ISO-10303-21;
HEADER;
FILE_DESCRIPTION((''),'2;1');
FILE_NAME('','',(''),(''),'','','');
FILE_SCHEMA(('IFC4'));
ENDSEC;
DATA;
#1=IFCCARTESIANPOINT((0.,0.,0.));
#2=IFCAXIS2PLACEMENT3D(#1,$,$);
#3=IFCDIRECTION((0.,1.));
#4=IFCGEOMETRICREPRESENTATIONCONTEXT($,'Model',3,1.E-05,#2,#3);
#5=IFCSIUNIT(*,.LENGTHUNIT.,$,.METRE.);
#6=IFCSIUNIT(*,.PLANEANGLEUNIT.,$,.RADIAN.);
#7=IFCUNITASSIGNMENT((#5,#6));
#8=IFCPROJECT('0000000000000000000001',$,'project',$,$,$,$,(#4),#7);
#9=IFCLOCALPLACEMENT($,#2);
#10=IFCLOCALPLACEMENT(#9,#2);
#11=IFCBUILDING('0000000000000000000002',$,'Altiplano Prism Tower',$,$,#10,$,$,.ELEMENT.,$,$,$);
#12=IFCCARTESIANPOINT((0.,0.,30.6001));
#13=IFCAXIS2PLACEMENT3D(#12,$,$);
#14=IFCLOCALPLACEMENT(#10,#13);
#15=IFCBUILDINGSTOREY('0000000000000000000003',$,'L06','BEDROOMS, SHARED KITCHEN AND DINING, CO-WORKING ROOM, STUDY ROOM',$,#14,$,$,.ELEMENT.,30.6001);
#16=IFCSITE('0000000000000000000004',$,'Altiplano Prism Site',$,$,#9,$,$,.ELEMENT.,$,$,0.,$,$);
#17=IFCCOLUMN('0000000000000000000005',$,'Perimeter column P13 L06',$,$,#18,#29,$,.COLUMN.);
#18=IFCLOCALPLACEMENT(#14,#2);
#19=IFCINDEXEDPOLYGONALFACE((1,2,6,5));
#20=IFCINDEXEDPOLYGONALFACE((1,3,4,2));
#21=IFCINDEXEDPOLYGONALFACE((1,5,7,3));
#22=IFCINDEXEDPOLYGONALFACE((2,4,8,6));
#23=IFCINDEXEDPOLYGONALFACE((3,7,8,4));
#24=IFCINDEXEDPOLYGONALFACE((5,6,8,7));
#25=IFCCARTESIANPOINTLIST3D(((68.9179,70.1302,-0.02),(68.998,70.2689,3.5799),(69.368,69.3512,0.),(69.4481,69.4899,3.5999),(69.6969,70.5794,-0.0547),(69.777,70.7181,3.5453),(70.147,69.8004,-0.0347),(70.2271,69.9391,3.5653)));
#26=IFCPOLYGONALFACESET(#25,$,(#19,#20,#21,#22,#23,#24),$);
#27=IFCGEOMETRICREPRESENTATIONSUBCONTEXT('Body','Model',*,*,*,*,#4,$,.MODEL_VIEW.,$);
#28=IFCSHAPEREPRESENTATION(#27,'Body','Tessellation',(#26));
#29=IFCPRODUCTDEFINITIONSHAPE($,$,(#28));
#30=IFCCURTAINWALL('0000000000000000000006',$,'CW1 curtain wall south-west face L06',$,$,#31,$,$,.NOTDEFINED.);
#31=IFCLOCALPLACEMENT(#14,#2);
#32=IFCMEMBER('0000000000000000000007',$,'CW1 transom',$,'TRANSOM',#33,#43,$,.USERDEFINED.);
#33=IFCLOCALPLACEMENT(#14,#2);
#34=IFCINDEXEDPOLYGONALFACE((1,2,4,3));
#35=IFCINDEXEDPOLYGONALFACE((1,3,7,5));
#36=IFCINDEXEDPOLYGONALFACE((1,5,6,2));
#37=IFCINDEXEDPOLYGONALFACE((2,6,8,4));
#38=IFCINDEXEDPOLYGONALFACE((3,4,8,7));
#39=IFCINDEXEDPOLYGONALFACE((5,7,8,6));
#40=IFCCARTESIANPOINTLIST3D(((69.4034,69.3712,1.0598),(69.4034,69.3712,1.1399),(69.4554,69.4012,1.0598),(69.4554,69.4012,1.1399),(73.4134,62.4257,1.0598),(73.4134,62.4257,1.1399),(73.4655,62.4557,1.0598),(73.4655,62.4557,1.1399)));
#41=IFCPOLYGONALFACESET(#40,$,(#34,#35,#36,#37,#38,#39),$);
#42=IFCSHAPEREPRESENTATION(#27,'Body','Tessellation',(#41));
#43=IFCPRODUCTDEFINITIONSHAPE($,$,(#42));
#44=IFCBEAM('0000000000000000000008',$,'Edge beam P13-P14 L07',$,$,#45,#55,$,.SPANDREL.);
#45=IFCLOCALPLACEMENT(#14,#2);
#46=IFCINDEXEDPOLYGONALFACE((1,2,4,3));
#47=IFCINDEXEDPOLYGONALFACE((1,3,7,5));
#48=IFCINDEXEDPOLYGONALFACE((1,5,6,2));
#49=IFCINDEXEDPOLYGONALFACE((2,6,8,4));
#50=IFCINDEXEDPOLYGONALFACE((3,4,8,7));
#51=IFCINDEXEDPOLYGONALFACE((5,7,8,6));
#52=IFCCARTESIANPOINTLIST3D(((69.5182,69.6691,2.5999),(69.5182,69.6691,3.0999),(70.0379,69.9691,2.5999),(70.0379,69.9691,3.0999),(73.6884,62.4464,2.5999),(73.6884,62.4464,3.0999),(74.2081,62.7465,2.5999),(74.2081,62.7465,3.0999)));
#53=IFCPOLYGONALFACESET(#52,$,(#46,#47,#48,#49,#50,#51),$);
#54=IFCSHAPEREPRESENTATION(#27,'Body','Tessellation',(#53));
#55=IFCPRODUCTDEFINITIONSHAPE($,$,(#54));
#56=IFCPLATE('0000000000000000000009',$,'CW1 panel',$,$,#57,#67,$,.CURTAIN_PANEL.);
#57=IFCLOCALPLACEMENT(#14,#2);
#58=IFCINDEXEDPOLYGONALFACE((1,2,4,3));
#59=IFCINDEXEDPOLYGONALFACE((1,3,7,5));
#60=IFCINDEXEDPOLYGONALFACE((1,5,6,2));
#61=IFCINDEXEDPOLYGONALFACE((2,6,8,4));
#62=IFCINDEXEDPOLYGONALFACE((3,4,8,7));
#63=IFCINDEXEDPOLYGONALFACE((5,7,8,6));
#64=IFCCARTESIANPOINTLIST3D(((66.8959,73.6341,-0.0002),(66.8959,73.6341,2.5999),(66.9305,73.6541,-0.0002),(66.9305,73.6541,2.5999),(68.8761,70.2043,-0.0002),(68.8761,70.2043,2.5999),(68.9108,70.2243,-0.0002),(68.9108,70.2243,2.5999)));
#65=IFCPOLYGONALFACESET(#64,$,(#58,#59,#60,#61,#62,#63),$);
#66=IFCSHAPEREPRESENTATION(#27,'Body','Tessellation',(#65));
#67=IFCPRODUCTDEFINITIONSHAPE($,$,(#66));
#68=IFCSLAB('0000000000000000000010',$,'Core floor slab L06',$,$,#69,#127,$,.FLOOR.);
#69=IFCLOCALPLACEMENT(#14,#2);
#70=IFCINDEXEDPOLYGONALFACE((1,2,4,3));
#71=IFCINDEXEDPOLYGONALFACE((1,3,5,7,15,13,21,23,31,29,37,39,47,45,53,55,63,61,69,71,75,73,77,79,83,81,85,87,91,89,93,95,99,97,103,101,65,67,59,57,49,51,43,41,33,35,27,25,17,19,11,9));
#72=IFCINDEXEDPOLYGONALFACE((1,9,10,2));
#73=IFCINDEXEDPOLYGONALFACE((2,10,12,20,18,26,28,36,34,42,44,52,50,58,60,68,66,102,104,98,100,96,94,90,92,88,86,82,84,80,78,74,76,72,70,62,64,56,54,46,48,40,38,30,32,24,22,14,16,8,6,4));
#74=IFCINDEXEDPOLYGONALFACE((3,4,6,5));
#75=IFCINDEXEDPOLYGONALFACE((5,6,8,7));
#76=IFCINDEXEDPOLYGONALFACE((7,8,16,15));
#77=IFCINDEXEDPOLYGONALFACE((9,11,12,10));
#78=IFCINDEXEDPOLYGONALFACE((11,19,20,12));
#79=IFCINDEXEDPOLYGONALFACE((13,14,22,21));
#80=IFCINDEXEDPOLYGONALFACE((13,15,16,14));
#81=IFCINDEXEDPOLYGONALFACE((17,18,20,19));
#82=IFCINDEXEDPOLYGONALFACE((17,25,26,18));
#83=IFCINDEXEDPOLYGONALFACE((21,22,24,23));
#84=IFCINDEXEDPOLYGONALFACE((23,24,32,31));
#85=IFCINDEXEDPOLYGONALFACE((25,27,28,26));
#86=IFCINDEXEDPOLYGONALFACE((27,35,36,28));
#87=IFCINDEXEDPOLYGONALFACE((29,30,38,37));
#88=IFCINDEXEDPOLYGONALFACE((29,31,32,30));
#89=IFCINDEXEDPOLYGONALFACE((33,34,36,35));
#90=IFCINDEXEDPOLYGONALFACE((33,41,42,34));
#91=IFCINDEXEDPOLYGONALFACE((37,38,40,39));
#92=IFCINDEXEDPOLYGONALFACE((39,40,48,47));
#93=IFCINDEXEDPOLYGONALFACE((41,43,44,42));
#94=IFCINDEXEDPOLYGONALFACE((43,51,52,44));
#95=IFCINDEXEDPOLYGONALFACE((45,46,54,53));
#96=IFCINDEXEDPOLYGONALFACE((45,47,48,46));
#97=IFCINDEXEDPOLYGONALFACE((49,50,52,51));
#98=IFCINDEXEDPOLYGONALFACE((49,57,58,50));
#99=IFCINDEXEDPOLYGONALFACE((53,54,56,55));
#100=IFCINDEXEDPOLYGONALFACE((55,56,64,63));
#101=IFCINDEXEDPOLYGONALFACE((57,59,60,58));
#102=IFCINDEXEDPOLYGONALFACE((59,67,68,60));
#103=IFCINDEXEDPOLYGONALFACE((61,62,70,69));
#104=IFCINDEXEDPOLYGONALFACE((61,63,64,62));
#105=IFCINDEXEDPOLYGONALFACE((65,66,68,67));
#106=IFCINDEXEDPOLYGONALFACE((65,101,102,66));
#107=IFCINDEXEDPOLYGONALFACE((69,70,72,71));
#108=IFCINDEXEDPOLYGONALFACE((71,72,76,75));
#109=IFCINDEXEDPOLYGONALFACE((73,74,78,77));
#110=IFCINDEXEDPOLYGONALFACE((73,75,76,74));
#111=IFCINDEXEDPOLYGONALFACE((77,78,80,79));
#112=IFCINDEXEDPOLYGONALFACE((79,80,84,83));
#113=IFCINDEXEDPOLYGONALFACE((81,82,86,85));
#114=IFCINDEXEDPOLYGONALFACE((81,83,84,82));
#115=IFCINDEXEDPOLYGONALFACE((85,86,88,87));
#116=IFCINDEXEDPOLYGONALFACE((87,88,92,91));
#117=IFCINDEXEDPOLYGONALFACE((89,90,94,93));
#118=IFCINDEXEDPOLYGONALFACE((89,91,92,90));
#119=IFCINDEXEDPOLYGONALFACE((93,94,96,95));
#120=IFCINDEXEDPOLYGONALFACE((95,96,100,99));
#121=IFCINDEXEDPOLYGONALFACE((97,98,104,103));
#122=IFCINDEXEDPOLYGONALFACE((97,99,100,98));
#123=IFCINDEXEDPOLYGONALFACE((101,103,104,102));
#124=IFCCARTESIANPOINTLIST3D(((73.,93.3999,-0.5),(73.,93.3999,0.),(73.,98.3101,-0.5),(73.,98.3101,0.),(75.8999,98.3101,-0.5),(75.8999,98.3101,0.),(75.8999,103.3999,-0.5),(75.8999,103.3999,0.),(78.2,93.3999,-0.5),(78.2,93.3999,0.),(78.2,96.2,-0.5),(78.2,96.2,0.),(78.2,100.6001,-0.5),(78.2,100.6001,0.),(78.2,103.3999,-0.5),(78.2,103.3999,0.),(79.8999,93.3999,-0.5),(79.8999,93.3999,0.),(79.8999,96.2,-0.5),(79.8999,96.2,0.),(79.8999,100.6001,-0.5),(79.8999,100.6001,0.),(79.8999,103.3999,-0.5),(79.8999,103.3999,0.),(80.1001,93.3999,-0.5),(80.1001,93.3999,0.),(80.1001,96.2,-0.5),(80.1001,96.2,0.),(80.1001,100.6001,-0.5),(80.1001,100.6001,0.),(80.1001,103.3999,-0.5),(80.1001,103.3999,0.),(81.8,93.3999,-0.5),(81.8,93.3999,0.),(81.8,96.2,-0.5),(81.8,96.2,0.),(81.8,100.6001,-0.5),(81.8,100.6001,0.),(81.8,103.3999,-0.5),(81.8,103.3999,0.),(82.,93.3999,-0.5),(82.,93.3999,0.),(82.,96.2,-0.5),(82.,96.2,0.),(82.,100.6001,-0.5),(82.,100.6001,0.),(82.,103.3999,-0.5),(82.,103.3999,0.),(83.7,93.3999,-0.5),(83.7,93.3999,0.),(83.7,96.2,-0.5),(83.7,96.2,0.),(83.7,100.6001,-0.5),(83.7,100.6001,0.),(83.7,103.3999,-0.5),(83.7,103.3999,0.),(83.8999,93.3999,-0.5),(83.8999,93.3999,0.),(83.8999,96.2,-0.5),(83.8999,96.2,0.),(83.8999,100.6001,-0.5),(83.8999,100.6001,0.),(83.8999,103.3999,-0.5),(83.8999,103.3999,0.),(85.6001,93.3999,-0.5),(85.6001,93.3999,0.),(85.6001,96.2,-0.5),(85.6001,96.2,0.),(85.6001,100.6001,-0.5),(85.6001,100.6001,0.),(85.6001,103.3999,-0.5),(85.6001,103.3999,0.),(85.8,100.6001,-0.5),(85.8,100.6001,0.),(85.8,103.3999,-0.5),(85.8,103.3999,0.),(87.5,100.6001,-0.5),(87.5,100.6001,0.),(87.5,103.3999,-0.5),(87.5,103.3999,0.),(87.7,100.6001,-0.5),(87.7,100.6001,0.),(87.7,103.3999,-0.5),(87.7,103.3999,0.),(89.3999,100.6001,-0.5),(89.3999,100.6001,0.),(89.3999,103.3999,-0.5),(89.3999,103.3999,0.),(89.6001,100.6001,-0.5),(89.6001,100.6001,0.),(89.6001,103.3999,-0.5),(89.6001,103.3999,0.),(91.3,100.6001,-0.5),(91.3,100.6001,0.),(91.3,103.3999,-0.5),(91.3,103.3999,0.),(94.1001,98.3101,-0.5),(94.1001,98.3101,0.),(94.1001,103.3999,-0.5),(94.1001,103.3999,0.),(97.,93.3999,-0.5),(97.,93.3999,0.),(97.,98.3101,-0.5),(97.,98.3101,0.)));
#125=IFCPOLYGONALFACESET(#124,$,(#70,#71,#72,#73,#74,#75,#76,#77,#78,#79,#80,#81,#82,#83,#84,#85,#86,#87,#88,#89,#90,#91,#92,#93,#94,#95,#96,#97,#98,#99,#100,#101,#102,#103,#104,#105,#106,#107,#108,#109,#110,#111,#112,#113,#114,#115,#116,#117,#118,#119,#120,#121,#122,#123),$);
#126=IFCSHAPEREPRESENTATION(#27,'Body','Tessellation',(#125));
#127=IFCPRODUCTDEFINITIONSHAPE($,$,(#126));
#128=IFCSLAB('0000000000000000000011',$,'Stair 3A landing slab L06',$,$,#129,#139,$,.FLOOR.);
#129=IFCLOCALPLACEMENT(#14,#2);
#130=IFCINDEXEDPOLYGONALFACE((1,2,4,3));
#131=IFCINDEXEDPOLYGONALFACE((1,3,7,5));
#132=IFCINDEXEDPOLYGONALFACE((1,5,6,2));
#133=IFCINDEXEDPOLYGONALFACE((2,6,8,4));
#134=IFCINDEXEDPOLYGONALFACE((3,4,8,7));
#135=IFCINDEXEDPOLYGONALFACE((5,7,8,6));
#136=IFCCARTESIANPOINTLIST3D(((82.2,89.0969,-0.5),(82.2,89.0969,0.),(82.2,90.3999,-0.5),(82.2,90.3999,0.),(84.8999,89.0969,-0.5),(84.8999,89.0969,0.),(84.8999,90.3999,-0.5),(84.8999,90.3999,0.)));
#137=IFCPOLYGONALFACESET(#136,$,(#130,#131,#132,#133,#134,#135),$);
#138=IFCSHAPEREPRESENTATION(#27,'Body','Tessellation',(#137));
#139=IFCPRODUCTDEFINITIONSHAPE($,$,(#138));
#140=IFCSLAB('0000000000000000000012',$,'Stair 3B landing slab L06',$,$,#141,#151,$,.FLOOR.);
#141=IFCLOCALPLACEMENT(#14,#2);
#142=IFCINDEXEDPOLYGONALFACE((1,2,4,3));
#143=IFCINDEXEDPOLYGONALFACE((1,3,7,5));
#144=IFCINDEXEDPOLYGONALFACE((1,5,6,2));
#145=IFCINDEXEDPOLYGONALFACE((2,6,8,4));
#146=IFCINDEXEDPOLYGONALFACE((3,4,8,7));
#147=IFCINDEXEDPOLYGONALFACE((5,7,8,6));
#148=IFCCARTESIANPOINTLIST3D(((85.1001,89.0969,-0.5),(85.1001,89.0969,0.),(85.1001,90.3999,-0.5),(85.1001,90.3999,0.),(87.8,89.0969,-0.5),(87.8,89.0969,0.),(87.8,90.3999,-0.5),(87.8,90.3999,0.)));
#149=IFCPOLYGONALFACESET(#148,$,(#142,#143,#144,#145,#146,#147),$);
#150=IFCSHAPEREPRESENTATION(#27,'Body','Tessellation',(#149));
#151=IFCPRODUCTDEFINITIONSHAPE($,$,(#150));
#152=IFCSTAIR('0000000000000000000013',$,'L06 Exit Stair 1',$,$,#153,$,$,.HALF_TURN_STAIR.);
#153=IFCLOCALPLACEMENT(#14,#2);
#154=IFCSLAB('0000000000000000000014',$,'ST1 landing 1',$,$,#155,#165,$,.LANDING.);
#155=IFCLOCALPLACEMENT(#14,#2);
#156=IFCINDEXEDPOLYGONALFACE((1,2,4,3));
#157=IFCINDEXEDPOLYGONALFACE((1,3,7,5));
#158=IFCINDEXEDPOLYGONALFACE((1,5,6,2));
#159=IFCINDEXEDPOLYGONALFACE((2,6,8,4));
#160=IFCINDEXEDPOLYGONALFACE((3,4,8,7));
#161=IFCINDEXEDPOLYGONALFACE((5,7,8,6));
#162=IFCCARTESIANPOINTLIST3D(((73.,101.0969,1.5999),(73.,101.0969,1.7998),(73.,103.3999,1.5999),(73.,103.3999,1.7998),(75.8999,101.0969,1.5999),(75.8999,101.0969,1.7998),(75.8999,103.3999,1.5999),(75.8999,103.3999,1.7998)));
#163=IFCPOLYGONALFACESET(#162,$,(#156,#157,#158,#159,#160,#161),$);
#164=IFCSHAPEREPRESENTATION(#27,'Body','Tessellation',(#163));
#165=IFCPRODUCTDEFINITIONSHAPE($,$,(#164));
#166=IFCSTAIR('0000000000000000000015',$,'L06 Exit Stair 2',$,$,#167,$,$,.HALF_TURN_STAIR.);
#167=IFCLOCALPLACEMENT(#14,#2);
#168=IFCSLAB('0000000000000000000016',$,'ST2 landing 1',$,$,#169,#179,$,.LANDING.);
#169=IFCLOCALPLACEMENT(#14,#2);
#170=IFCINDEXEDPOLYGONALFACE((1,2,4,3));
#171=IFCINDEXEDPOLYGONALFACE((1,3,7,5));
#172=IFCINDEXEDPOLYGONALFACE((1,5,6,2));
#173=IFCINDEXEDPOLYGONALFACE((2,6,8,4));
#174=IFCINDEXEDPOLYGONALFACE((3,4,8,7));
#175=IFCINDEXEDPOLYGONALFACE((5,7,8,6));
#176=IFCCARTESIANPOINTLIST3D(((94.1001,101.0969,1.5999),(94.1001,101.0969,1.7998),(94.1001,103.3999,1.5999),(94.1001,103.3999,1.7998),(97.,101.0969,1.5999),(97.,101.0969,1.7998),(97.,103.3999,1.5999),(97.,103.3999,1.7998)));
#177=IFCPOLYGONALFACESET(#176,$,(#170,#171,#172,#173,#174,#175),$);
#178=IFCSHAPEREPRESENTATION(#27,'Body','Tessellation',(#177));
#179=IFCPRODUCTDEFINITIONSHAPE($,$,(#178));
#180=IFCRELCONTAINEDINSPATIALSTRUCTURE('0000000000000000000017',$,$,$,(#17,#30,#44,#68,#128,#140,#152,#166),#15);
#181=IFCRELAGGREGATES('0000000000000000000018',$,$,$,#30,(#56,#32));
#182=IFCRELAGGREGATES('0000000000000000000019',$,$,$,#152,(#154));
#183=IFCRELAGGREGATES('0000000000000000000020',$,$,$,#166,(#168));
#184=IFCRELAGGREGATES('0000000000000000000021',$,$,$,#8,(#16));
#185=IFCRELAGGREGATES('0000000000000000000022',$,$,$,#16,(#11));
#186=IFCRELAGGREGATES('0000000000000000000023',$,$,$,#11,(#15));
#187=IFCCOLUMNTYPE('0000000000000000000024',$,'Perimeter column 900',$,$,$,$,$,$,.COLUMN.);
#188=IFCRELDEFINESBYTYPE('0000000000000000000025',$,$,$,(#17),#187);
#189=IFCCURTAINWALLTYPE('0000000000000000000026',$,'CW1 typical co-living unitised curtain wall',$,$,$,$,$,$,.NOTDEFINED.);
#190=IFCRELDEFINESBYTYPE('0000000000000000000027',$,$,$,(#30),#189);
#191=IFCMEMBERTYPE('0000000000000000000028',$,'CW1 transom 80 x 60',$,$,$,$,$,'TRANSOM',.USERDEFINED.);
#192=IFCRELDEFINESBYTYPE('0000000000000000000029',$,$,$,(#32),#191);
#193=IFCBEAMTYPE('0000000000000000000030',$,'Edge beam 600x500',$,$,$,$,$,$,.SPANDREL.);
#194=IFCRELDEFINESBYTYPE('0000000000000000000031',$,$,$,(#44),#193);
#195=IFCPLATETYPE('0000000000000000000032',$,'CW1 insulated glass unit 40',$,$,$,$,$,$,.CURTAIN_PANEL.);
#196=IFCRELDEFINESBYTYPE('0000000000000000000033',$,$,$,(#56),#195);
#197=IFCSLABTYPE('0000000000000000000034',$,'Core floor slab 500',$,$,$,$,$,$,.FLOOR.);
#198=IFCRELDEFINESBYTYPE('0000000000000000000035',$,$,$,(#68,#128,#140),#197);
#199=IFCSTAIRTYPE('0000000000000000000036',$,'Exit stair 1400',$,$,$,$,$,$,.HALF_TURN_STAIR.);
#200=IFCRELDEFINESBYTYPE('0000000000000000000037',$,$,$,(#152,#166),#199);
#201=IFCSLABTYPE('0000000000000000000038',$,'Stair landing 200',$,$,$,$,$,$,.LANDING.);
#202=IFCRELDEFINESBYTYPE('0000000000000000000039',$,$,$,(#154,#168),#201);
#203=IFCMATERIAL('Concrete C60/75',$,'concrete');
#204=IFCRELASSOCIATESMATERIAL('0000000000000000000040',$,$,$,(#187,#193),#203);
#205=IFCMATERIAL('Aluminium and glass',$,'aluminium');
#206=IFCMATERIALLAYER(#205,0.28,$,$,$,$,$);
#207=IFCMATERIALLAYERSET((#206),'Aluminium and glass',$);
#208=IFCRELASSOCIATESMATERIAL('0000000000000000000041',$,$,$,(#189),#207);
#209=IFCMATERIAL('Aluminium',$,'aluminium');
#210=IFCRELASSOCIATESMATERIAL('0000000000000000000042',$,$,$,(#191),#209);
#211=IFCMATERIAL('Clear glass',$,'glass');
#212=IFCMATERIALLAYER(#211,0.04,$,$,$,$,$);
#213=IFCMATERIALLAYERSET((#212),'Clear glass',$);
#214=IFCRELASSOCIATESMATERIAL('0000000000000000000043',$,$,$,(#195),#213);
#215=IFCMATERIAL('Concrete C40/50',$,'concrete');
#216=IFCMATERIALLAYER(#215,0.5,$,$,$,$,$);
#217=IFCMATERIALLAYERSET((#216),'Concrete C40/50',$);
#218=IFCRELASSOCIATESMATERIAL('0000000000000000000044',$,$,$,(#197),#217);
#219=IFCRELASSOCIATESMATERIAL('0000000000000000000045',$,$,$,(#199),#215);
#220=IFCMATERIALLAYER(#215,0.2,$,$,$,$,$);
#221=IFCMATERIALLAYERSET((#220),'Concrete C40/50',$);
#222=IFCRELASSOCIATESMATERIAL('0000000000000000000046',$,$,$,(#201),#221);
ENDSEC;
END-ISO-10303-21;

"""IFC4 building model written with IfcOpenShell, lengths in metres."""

from ifc_helpers import new_model, si_unit, direction, frame, origin, origin_2d, place, context, subcontext, project, spatial, polyline, rectangle, outline, extrude, material, layer, layer_set, material_profile, profile_set, type_object, element, aggregate, save


model = new_model("IFC4")

# Units and contexts
model_context = context("Model", 3, precision=1e-05, world=origin(), true_north=direction((0.0, 1.0)))
body_context = subcontext(model_context, "Body", "Model", "MODEL_VIEW")
ifc_project = project(units=[si_unit("LENGTHUNIT", "METRE"), si_unit("PLANEANGLEUNIT", "RADIAN")], contexts=[model_context])

# Site, building, storey
site_placement = place(None, origin())
site = spatial("IfcSite", under=ifc_project, at=site_placement, Name="Altiplano Prism Site", CompositionType="ELEMENT", RefElevation=0.0)
building_placement = place(site_placement, origin())
building = spatial("IfcBuilding", under=site, at=building_placement, Name="Altiplano Prism Tower", CompositionType="ELEMENT")
storey_placement = place(building_placement, frame((0.0, 0.0, 30.6001)))
storey = spatial("IfcBuildingStorey", under=building, at=storey_placement, Name="L06", Description="BEDROOMS, SHARED KITCHEN AND DINING, CO-WORKING ROOM, STUDY ROOM", CompositionType="ELEMENT", Elevation=30.6001)

# Column
ifc_material_1 = material(Name="Concrete C60/75", Category="concrete")
ifc_material_profile_1 = material_profile(ifc_material_1, rectangle(XDim=0.8999, YDim=0.8999, at=origin_2d()), Name="Perimeter column 900")
ifc_profile_set_1 = profile_set([ifc_material_profile_1], Name="Concrete C60/75")
column_type = type_object("IfcColumnType", Name="Perimeter column 900", PredefinedType="COLUMN", material=ifc_profile_set_1)
column_placement = place(storey_placement, frame((69.5325, 69.9653, -0.0273), z_axis=(0.022223, 0.038483, 0.999012), x_axis=(-0.865639, -0.499187, 0.038485)))
element("IfcColumn", 1, at=column_placement, inside=storey, type_object=column_type, Name="Perimeter column P13 L06", PredefinedType="COLUMN", context=body_context, shape_type="SweptSolid", body=[
    extrude(rectangle(XDim=0.8999, YDim=0.8999, at=origin_2d()), origin(), (0.0, 0.0, 1.0), 3.6035),
])

# Curtain wall, member
ifc_material_2 = material(Name="Aluminium and glass", Category="aluminium")
ifc_layer_1 = layer(ifc_material_2, 0.28)
ifc_layer_set_1 = layer_set([ifc_layer_1], Name="Aluminium and glass")
curtain_wall_type = type_object("IfcCurtainWallType", Name="CW1 typical co-living unitised curtain wall", PredefinedType="NOTDEFINED", material=ifc_layer_set_1)
curtain_wall_placement = place(storey_placement, origin())
curtain_wall = element("IfcCurtainWall", 2, at=curtain_wall_placement, inside=storey, type_object=curtain_wall_type, Name="CW1 curtain wall south-west face L06", PredefinedType="NOTDEFINED")
ifc_material_3 = material(Name="Aluminium", Category="aluminium")
ifc_material_profile_2 = material_profile(ifc_material_3, rectangle(XDim=0.0601, YDim=0.0801, at=origin_2d()), Name="CW1 transom 80 x 60")
ifc_profile_set_2 = profile_set([ifc_material_profile_2], Name="Aluminium")
member_type = type_object("IfcMemberType", Name="CW1 transom 80 x 60", ElementType="TRANSOM", PredefinedType="USERDEFINED", material=ifc_profile_set_2)
member_placement = place(storey_placement, frame((69.4294, 69.3862, 1.0999), z_axis=(0.499999, -0.866026, 0.0), x_axis=(0.866026, 0.499999, 0.0)))
member = element("IfcMember", 3, at=member_placement, type_object=member_type, Name="CW1 transom", ObjectType="TRANSOM", PredefinedType="USERDEFINED", context=body_context, shape_type="SweptSolid", body=[
    extrude(rectangle(XDim=0.0601, YDim=0.0801, at=origin_2d()), origin(), (0.0, 0.0, 1.0), 8.02),
])

# Beam
ifc_material_profile_3 = material_profile(ifc_material_1, rectangle(XDim=0.6001, YDim=0.5, at=origin_2d()), Name="Edge beam 600x500")
ifc_profile_set_3 = profile_set([ifc_material_profile_3], Name="Concrete C60/75")
beam_type = type_object("IfcBeamType", Name="Edge beam 600x500", PredefinedType="SPANDREL", material=ifc_profile_set_3)
beam_placement = place(storey_placement, frame((69.7781, 69.8191, 2.8499), z_axis=(0.500015, -0.866017, 0.0), x_axis=(0.866017, 0.500015, 0.0)))
element("IfcBeam", 4, at=beam_placement, inside=storey, type_object=beam_type, Name="Edge beam P13-P14 L07", PredefinedType="SPANDREL", context=body_context, shape_type="SweptSolid", body=[
    extrude(rectangle(XDim=0.6001, YDim=0.5, at=origin_2d()), origin(), (0.0, 0.0, 1.0), 8.3401),
])

# Plate
ifc_material_4 = material(Name="Clear glass", Category="glass")
ifc_layer_2 = layer(ifc_material_4, 0.04)
ifc_layer_set_2 = layer_set([ifc_layer_2], Name="Clear glass")
plate_type = type_object("IfcPlateType", Name="CW1 insulated glass unit 40", PredefinedType="CURTAIN_PANEL", material=ifc_layer_set_2)
plate_placement = place(storey_placement, frame((67.9033, 71.9292, -0.0002), z_axis=(0.0, 0.0, 1.0), x_axis=(0.5, -0.866025, 0.0)))
plate = element("IfcPlate", 5, at=plate_placement, type_object=plate_type, Name="CW1 panel", PredefinedType="CURTAIN_PANEL", context=body_context, shape_type="SweptSolid", body=[
    extrude(rectangle(XDim=3.9604, YDim=0.04, at=origin_2d()), origin(), (0.0, 0.0, 1.0), 2.6001),
])
aggregate(curtain_wall, [plate, member])

# Slabs
ifc_material_5 = material(Name="Concrete C40/50", Category="concrete")
ifc_layer_3 = layer(ifc_material_5, 0.5)
ifc_layer_set_3 = layer_set([ifc_layer_3], Name="Concrete C40/50")
slab_type_1 = type_object("IfcSlabType", Name="Core floor slab 500", PredefinedType="FLOOR", material=ifc_layer_set_3)
slab_1_placement = place(storey_placement, frame((0.0, 0.0, -0.5)))
element("IfcSlab", 6, at=slab_1_placement, inside=storey, type_object=slab_type_1, Name="Core floor slab L06", PredefinedType="FLOOR", context=body_context, shape_type="SweptSolid", body=[
    extrude(outline(polyline([(97.0, 98.3101), (94.1001, 98.3101), (94.1001, 103.3999), (91.3, 103.3999), (91.3, 100.6001), (89.6001, 100.6001), (89.6001, 103.3999), (89.3999, 103.3999), (89.3999, 100.6001), (87.7, 100.6001), (87.7, 103.3999), (87.5, 103.3999), (87.5, 100.6001), (85.8, 100.6001), (85.8, 103.3999), (85.6001, 103.3999), (85.6001, 100.6001), (83.8999, 100.6001), (83.8999, 103.3999), (83.7, 103.3999), (83.7, 100.6001), (82.0, 100.6001), (82.0, 103.3999), (81.8, 103.3999), (81.8, 100.6001), (80.1001, 100.6001), (80.1001, 103.3999), (79.8999, 103.3999), (79.8999, 100.6001), (78.2, 100.6001), (78.2, 103.3999), (75.8999, 103.3999), (75.8999, 98.3101), (73.0, 98.3101), (73.0, 93.3999), (78.2, 93.3999), (78.2, 96.2), (79.8999, 96.2), (79.8999, 93.3999), (80.1001, 93.3999), (80.1001, 96.2), (81.8, 96.2), (81.8, 93.3999), (82.0, 93.3999), (82.0, 96.2), (83.7, 96.2), (83.7, 93.3999), (83.8999, 93.3999), (83.8999, 96.2), (85.6001, 96.2), (85.6001, 93.3999), (97.0, 93.3999), (97.0, 98.3101)])), origin(), (0.0, 0.0, 1.0), 0.5),
])
slab_2_placement = place(storey_placement, frame((0.0, 0.0, -0.5)))
element("IfcSlab", 7, at=slab_2_placement, inside=storey, type_object=slab_type_1, Name="Stair 3A landing slab L06", PredefinedType="FLOOR", context=body_context, shape_type="SweptSolid", body=[
    extrude(outline(polyline([(82.2, 89.0969), (84.8999, 89.0969), (84.8999, 90.3999), (82.2, 90.3999), (82.2, 89.0969)])), origin(), (0.0, 0.0, 1.0), 0.5),
])
slab_3_placement = place(storey_placement, frame((0.0, 0.0, -0.5)))
element("IfcSlab", 8, at=slab_3_placement, inside=storey, type_object=slab_type_1, Name="Stair 3B landing slab L06", PredefinedType="FLOOR", context=body_context, shape_type="SweptSolid", body=[
    extrude(outline(polyline([(85.1001, 89.0969), (87.8, 89.0969), (87.8, 90.3999), (85.1001, 90.3999), (85.1001, 89.0969)])), origin(), (0.0, 0.0, 1.0), 0.5),
])

# Stairs, slabs
stair_type_1 = type_object("IfcStairType", Name="Exit stair 1400", PredefinedType="HALF_TURN_STAIR", material=ifc_material_5)
stair_1_placement = place(storey_placement, origin())
stair_1 = element("IfcStair", 9, at=stair_1_placement, inside=storey, type_object=stair_type_1, Name="L06 Exit Stair 1", PredefinedType="HALF_TURN_STAIR")
ifc_layer_4 = layer(ifc_material_5, 0.2)
ifc_layer_set_4 = layer_set([ifc_layer_4], Name="Concrete C40/50")
slab_type_2 = type_object("IfcSlabType", Name="Stair landing 200", PredefinedType="LANDING", material=ifc_layer_set_4)
slab_4_placement = place(storey_placement, frame((0.0, 0.0, 1.5999)))
slab_4 = element("IfcSlab", 10, at=slab_4_placement, type_object=slab_type_2, Name="ST1 landing 1", PredefinedType="LANDING", context=body_context, shape_type="SweptSolid", body=[
    extrude(outline(polyline([(75.8999, 101.0969), (75.8999, 103.3999), (73.0, 103.3999), (73.0, 101.0969), (75.8999, 101.0969)])), origin(), (0.0, 0.0, 1.0), 0.2),
])
aggregate(stair_1, [slab_4])
stair_2_placement = place(storey_placement, origin())
stair_2 = element("IfcStair", 11, at=stair_2_placement, inside=storey, type_object=stair_type_1, Name="L06 Exit Stair 2", PredefinedType="HALF_TURN_STAIR")
slab_5_placement = place(storey_placement, frame((0.0, 0.0, 1.5999)))
slab_5 = element("IfcSlab", 12, at=slab_5_placement, type_object=slab_type_2, Name="ST2 landing 1", PredefinedType="LANDING", context=body_context, shape_type="SweptSolid", body=[
    extrude(outline(polyline([(97.0, 101.0969), (97.0, 103.3999), (94.1001, 103.3999), (94.1001, 101.0969), (97.0, 101.0969)])), origin(), (0.0, 0.0, 1.0), 0.2),
])
aggregate(stair_2, [slab_5])

save(model, "model.ifc")
